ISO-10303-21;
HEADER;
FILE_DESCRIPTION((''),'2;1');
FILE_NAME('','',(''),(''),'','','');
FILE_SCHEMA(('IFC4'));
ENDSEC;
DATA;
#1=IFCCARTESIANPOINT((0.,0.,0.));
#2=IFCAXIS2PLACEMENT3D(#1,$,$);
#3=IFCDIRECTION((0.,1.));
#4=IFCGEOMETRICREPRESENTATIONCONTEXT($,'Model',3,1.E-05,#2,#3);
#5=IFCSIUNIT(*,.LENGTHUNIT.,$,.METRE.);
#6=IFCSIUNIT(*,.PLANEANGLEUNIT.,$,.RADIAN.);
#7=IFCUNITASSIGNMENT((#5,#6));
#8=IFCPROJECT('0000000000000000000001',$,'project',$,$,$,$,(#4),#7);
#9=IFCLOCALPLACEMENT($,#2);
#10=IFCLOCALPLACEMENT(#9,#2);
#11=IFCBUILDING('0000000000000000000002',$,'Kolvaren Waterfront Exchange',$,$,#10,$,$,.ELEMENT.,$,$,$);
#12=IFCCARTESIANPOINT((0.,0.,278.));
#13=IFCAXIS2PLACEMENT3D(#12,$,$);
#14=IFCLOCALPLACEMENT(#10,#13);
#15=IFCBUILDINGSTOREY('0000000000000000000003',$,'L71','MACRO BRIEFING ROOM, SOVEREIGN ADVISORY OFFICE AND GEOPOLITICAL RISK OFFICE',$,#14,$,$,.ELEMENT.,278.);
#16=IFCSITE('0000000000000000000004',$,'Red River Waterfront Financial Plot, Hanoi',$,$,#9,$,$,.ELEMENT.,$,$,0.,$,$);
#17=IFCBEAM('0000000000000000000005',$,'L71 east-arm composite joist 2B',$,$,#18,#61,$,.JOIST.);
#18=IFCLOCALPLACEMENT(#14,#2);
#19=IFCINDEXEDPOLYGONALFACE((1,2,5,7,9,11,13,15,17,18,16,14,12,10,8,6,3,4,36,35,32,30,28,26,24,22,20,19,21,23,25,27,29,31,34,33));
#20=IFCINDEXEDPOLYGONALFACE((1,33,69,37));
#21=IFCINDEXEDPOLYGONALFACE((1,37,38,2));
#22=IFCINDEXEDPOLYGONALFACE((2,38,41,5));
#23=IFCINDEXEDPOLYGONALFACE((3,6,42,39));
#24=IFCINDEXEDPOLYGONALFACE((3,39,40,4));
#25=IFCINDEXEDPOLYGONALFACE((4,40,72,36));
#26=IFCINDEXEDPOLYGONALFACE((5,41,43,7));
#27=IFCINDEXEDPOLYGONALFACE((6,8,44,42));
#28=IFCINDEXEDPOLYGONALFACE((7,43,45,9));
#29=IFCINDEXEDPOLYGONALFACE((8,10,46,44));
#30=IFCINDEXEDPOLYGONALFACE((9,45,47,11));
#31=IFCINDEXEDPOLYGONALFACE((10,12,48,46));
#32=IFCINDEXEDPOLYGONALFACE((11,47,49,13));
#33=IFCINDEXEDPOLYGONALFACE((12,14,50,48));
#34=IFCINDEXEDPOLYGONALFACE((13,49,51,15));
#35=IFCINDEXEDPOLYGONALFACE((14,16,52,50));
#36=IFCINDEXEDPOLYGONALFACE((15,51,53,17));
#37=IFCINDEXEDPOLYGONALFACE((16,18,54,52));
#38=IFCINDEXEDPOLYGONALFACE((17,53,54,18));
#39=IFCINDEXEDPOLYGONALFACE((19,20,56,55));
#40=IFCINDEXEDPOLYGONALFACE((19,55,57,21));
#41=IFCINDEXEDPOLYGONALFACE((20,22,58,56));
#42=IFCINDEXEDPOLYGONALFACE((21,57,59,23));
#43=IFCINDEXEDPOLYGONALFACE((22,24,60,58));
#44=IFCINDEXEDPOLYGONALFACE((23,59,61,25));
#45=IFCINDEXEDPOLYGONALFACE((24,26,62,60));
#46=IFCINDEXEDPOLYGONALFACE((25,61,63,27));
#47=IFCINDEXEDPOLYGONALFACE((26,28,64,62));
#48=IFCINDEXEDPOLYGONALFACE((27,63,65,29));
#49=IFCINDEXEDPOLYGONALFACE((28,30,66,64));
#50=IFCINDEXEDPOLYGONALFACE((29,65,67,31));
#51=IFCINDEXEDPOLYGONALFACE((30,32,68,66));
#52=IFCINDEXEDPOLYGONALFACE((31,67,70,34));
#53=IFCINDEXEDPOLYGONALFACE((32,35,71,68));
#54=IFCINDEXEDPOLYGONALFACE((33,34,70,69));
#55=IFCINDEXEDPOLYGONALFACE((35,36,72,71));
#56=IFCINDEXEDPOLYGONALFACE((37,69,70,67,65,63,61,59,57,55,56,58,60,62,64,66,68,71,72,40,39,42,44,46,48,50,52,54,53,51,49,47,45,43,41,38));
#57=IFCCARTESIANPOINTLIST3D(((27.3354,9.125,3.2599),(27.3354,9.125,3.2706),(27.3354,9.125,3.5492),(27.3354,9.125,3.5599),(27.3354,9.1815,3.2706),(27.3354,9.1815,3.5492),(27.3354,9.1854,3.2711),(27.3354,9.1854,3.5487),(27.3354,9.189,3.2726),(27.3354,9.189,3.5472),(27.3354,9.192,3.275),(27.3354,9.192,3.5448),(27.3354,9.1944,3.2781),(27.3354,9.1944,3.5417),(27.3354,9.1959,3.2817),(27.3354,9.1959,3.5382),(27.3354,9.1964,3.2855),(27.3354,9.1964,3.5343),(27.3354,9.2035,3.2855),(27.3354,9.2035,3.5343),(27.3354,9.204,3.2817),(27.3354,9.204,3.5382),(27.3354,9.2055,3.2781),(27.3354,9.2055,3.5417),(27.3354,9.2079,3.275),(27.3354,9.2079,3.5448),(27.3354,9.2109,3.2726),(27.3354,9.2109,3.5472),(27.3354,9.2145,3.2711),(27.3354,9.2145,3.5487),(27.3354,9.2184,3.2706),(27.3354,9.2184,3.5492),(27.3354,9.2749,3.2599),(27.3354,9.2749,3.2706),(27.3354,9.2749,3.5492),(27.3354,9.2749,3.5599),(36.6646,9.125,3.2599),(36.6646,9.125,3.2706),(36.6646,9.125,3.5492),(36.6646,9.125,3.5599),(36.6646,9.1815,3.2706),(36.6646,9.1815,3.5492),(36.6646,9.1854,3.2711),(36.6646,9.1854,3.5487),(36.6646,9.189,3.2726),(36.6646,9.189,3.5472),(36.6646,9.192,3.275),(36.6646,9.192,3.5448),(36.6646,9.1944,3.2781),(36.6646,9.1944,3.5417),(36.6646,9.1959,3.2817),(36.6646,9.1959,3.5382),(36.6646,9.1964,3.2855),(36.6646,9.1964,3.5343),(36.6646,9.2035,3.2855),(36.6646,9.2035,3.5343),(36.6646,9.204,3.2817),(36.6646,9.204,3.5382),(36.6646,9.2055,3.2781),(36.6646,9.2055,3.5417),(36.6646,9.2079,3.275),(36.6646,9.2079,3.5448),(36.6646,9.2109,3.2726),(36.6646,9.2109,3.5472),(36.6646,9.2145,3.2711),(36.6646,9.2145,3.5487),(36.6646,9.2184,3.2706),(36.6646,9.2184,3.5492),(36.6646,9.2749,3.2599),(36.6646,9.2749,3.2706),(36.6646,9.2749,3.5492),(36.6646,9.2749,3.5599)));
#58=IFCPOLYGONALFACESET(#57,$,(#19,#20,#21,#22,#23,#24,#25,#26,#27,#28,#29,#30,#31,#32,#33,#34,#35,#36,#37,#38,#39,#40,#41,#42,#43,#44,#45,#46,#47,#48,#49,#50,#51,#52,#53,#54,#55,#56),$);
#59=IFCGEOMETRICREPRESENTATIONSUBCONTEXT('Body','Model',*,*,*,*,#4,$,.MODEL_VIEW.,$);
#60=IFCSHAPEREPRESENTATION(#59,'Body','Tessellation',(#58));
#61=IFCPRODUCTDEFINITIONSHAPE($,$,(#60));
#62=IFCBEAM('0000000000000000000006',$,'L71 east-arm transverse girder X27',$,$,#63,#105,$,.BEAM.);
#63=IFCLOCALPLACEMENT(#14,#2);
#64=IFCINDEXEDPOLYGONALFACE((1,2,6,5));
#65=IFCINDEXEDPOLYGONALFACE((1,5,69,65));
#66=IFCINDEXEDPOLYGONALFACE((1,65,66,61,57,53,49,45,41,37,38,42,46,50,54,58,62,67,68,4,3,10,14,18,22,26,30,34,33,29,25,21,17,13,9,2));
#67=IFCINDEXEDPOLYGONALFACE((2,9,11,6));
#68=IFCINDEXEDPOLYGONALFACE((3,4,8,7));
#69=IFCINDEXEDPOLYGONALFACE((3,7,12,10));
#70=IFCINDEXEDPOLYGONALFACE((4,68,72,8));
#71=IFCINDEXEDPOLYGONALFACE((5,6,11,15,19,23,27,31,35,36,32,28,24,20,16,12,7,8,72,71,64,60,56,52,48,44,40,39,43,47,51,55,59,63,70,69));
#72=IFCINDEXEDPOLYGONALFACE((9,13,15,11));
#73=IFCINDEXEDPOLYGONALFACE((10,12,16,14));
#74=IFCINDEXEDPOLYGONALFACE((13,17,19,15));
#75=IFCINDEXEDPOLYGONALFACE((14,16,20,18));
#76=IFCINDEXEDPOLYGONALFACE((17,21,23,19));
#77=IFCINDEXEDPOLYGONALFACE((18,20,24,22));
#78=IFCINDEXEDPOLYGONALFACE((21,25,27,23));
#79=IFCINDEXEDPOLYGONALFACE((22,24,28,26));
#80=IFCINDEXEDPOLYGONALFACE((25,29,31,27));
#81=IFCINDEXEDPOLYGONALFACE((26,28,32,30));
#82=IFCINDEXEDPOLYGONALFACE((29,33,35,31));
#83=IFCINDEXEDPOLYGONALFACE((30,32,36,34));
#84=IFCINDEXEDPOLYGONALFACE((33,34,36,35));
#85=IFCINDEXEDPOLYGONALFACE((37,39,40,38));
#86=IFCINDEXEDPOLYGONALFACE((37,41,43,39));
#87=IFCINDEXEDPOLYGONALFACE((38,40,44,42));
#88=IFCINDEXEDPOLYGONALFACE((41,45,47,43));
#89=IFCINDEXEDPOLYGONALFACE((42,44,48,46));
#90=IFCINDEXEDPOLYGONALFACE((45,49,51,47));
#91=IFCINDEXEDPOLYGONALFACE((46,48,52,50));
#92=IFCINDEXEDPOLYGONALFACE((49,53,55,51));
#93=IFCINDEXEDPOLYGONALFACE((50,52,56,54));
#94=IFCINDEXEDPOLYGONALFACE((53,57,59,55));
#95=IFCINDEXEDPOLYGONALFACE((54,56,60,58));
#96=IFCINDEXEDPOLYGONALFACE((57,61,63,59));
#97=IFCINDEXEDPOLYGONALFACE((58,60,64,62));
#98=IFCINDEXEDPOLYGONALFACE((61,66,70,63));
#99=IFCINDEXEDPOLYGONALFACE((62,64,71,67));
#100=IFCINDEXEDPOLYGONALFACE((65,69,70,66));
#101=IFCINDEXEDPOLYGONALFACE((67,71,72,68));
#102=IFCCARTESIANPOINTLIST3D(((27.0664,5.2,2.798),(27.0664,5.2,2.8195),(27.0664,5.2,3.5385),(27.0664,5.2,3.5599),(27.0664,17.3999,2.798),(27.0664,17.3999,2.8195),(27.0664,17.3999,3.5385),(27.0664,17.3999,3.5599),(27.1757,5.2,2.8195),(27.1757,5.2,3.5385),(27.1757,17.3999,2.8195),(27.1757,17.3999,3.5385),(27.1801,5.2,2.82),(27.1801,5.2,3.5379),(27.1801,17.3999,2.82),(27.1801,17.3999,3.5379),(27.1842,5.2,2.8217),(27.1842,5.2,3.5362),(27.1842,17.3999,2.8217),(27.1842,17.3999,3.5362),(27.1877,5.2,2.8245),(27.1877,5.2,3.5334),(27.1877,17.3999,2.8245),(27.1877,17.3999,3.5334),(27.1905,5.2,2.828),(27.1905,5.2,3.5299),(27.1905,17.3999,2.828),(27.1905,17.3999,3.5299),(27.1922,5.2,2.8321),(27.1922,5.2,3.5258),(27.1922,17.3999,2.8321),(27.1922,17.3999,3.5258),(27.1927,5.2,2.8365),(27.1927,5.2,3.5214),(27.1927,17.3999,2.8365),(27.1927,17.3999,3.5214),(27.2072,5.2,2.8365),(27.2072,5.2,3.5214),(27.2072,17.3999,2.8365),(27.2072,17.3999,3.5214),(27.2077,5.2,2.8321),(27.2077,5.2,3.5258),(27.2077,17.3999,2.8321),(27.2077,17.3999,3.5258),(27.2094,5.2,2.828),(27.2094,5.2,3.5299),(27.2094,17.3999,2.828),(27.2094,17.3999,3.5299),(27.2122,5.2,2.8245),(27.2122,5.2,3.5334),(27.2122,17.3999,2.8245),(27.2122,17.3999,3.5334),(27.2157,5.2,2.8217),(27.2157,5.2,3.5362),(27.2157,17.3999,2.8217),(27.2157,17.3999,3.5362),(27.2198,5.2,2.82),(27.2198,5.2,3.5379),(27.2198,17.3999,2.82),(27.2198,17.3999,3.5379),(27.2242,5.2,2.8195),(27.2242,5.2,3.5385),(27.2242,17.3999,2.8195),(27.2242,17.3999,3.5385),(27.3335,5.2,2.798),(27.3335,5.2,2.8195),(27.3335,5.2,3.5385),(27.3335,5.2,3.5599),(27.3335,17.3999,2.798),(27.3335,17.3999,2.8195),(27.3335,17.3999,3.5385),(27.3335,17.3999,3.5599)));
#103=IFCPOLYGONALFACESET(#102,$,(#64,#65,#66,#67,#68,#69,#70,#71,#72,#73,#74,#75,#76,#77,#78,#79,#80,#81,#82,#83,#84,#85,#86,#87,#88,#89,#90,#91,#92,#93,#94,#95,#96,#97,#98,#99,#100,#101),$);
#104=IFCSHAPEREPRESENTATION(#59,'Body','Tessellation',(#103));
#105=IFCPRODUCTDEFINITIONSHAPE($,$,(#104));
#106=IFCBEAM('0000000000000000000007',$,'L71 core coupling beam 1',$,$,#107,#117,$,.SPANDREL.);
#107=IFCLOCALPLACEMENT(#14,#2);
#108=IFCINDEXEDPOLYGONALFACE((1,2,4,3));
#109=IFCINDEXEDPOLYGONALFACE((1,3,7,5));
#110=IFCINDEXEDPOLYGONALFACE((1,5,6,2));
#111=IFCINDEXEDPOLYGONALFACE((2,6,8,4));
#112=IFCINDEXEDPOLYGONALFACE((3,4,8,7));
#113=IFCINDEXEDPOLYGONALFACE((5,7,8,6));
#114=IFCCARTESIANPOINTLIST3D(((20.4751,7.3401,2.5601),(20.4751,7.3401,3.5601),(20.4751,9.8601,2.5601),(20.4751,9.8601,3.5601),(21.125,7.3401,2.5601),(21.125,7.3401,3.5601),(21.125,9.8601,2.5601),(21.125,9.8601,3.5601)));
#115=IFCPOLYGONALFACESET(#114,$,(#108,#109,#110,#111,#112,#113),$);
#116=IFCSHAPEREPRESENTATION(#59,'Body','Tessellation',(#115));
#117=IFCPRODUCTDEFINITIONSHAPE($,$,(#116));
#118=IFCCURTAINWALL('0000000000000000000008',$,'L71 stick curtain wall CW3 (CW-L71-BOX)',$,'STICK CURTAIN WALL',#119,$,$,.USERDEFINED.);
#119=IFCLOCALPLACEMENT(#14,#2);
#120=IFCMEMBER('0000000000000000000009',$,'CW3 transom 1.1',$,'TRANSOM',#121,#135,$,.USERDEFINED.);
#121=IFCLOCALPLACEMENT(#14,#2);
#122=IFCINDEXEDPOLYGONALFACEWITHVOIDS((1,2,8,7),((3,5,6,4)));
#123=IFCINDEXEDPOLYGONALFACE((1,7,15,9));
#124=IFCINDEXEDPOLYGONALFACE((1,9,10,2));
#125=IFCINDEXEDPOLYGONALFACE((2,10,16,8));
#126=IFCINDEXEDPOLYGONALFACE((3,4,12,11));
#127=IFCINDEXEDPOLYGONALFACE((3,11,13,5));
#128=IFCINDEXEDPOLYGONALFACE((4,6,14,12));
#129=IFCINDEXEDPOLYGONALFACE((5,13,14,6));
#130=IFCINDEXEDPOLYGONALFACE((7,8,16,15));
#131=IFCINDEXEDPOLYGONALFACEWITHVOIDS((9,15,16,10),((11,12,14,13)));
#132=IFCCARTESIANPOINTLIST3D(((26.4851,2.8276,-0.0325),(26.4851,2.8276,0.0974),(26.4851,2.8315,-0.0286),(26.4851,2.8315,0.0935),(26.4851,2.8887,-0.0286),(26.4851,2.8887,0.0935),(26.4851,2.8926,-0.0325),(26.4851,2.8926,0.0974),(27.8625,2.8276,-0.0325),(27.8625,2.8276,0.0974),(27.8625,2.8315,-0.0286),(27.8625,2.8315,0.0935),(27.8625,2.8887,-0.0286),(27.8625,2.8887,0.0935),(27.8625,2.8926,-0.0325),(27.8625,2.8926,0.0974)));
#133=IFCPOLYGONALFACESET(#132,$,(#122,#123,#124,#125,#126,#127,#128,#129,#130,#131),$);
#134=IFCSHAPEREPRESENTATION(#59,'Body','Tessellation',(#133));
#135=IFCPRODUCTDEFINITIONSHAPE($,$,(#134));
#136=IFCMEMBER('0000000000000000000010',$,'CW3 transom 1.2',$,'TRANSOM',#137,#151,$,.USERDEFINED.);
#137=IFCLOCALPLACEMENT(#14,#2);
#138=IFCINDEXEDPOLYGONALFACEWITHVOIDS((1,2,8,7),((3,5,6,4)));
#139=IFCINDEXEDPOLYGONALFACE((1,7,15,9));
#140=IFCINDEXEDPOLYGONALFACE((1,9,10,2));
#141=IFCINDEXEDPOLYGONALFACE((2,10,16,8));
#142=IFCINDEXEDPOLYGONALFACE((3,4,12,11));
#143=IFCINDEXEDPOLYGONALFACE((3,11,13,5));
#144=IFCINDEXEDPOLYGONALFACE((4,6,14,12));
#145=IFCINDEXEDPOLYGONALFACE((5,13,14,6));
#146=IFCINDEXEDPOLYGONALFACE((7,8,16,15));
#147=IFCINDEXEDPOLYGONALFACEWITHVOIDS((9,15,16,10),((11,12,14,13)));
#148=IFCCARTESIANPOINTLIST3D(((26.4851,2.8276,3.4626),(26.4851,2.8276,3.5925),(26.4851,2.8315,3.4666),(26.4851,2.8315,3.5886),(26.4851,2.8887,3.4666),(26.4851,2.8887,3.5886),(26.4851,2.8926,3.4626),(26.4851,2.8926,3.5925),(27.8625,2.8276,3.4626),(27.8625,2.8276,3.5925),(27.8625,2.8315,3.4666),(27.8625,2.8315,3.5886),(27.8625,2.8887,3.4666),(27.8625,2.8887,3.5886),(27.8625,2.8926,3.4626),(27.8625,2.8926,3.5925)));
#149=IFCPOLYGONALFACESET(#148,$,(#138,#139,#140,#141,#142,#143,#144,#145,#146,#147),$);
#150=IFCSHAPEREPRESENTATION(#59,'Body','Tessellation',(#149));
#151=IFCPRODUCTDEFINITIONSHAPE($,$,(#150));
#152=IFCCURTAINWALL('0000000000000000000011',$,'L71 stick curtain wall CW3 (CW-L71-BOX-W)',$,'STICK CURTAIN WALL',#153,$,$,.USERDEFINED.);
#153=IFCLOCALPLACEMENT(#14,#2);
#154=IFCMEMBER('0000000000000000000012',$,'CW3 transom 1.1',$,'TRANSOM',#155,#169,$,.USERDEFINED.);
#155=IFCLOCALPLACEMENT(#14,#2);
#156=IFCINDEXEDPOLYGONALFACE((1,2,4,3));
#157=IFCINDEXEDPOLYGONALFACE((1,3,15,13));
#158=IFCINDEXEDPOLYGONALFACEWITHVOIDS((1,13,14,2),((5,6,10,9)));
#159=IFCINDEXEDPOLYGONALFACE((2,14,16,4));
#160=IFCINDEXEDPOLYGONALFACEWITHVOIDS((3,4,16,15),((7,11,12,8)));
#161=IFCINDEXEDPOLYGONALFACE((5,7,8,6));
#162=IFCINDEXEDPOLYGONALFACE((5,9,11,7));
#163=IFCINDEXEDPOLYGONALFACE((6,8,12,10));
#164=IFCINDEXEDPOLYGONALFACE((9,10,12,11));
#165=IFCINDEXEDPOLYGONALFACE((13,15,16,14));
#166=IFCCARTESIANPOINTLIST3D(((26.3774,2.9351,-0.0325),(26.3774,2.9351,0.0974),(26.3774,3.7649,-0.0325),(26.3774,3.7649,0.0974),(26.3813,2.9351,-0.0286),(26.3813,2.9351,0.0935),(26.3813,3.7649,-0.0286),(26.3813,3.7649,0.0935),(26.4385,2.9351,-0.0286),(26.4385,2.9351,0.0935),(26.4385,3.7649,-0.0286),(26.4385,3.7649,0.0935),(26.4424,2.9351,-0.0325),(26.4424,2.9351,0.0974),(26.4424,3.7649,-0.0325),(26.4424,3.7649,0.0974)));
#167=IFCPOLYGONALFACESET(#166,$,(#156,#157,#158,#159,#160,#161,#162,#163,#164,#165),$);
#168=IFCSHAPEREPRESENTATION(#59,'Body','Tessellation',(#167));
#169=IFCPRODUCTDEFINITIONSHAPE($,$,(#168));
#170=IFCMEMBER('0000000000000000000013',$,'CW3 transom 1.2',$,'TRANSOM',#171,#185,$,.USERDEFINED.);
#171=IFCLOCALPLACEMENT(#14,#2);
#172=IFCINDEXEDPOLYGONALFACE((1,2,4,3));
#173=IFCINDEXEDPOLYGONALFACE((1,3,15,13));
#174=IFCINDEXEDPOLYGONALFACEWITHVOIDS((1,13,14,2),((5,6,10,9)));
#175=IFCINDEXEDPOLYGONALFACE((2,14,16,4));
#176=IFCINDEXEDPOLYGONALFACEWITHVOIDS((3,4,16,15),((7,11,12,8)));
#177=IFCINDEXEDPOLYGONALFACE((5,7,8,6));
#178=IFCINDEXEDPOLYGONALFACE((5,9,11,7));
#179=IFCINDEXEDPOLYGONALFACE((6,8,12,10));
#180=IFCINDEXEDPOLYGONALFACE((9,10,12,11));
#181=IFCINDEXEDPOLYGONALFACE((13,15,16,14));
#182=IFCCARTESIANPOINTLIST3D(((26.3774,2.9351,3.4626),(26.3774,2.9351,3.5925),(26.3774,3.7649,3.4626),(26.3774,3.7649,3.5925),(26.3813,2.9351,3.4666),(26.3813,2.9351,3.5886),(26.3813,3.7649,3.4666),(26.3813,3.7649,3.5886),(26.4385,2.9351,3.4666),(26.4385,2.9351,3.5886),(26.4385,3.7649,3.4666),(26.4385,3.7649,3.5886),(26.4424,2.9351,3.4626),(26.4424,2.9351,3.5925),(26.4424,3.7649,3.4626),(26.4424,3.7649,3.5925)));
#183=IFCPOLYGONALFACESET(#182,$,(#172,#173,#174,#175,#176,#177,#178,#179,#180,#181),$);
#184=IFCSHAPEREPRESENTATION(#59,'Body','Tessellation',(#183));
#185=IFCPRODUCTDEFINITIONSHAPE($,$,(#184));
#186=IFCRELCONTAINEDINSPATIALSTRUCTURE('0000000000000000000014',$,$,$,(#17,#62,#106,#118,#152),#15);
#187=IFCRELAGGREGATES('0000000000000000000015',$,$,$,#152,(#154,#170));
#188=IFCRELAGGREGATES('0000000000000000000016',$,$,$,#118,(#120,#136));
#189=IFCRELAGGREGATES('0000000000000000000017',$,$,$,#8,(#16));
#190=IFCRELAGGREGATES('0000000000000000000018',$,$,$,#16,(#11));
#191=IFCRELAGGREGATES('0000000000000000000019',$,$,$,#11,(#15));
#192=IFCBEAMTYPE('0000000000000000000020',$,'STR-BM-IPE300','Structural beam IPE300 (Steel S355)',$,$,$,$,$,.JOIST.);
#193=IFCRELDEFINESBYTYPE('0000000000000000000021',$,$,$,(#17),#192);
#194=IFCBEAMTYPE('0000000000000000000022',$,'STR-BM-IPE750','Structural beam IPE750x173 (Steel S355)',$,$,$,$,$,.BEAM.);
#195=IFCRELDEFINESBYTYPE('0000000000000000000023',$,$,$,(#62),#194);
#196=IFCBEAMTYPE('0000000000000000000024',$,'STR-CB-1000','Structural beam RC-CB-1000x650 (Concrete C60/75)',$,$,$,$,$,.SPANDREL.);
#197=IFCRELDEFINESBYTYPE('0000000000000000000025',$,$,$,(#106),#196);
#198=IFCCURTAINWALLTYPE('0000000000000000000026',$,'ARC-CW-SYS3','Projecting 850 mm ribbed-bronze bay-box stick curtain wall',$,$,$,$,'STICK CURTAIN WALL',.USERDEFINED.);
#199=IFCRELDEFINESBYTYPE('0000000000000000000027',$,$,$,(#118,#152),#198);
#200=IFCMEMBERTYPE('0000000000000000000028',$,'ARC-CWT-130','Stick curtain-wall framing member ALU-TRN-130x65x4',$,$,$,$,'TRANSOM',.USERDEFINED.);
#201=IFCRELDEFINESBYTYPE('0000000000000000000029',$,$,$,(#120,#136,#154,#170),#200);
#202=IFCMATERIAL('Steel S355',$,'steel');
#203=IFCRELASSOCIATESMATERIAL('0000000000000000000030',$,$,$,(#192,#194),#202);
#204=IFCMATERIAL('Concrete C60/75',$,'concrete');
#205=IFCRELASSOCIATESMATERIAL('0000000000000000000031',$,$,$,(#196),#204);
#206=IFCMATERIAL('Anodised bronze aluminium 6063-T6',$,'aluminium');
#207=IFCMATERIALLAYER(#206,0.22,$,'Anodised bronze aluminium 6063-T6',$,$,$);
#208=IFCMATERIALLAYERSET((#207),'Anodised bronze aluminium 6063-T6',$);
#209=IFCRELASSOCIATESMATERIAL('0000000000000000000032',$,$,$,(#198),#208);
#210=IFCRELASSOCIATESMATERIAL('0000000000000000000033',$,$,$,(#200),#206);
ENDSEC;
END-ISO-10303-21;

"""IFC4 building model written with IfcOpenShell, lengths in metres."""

from ifc_helpers import new_model, si_unit, direction, frame, origin, origin_with_axes, origin_2d, place, context, subcontext, project, spatial, rectangle, hollow_rectangle, i_section, extrude, source, transform, mapped, material, layer, layer_set, material_profile, profile_set, type_object, element, aggregate, save


model = new_model("IFC4")

# Units and contexts
model_context = context("Model", 3, precision=1e-05, world=origin(), true_north=direction((0.0, 1.0)))
body_context = subcontext(model_context, "Body", "Model", "MODEL_VIEW")
ifc_project = project(units=[si_unit("LENGTHUNIT", "METRE"), si_unit("PLANEANGLEUNIT", "RADIAN")], contexts=[model_context])

# Site, building, storey
site_placement = place(None, origin())
site = spatial("IfcSite", under=ifc_project, at=site_placement, Name="Red River Waterfront Financial Plot, Hanoi", CompositionType="ELEMENT", RefElevation=0.0)
building_placement = place(site_placement, origin())
building = spatial("IfcBuilding", under=site, at=building_placement, Name="Kolvaren Waterfront Exchange", CompositionType="ELEMENT")
storey_placement = place(building_placement, frame((0.0, 0.0, 278.0)))
storey = spatial("IfcBuildingStorey", under=building, at=storey_placement, Name="L71", Description="MACRO BRIEFING ROOM, SOVEREIGN ADVISORY OFFICE AND GEOPOLITICAL RISK OFFICE", CompositionType="ELEMENT", Elevation=278.0)

# Beams
ifc_material_1 = material(Name="Steel S355", Category="steel")
ifc_material_profile_1 = material_profile(ifc_material_1, i_section(OverallWidth=0.1499, OverallDepth=0.3, WebThickness=0.0071, FlangeThickness=0.0107, FilletRadius=0.0149, at=origin_2d()), Name="IPE300")
ifc_profile_set_1 = profile_set([ifc_material_profile_1], Name="Steel S355")
beam_type_1 = type_object("IfcBeamType", Name="STR-BM-IPE300", Description="Structural beam IPE300 (Steel S355)", PredefinedType="JOIST", material=ifc_profile_set_1)
beam_1_placement = place(storey_placement, frame((27.3354, 9.2, 3.4099), z_axis=(1.0, 0.0, 0.0), x_axis=(0.0, 1.0, 0.0)))
element("IfcBeam", 1, at=beam_1_placement, inside=storey, type_object=beam_type_1, Name="L71 east-arm composite joist 2B", PredefinedType="JOIST", context=body_context, shape_type="SweptSolid", body=[
    extrude(i_section(OverallWidth=0.1499, OverallDepth=0.3, WebThickness=0.0071, FlangeThickness=0.0107, FilletRadius=0.0149, at=origin_2d()), origin(), (0.0, 0.0, 1.0), 9.3291),
])
ifc_material_profile_2 = material_profile(ifc_material_1, i_section(OverallWidth=0.2671, OverallDepth=0.762, WebThickness=0.0144, FlangeThickness=0.0215, FilletRadius=0.0171, at=origin_2d()), Name="IPE750x173")
ifc_profile_set_2 = profile_set([ifc_material_profile_2], Name="Steel S355")
beam_type_2 = type_object("IfcBeamType", Name="STR-BM-IPE750", Description="Structural beam IPE750x173 (Steel S355)", PredefinedType="BEAM", material=ifc_profile_set_2)
beam_2_placement = place(storey_placement, frame((27.2, 5.2, 3.179), z_axis=(0.0, 1.0, 0.0), x_axis=(-1.0, 0.0, 0.0)))
element("IfcBeam", 2, at=beam_2_placement, inside=storey, type_object=beam_type_2, Name="L71 east-arm transverse girder X27", PredefinedType="BEAM", context=body_context, shape_type="SweptSolid", body=[
    extrude(i_section(OverallWidth=0.2671, OverallDepth=0.762, WebThickness=0.0144, FlangeThickness=0.0215, FilletRadius=0.0171, at=origin_2d()), origin(), (0.0, 0.0, 1.0), 12.2),
])
ifc_material_2 = material(Name="Concrete C60/75", Category="concrete")
ifc_material_profile_3 = material_profile(ifc_material_2, rectangle(XDim=0.6499, YDim=1.0, at=origin_2d()), Name="RC-CB-1000x650")
ifc_profile_set_3 = profile_set([ifc_material_profile_3], Name="Concrete C60/75")
beam_type_3 = type_object("IfcBeamType", Name="STR-CB-1000", Description="Structural beam RC-CB-1000x650 (Concrete C60/75)", PredefinedType="SPANDREL", material=ifc_profile_set_3)
beam_3_placement = place(storey_placement, frame((20.8, 7.3401, 3.0601), z_axis=(0.0, 1.0, 0.0), x_axis=(-1.0, 0.0, 0.0)))
element("IfcBeam", 3, at=beam_3_placement, inside=storey, type_object=beam_type_3, Name="L71 core coupling beam 1", PredefinedType="SPANDREL", context=body_context, shape_type="SweptSolid", body=[
    extrude(rectangle(XDim=0.6499, YDim=1.0, at=origin_2d()), origin(), (0.0, 0.0, 1.0), 2.52),
])

# Curtain walls, members
ifc_material_3 = material(Name="Anodised bronze aluminium 6063-T6", Category="aluminium")
ifc_layer_1 = layer(ifc_material_3, 0.22, Name="Anodised bronze aluminium 6063-T6")
ifc_layer_set_1 = layer_set([ifc_layer_1], Name="Anodised bronze aluminium 6063-T6")
curtain_wall_type_1 = type_object("IfcCurtainWallType", Name="ARC-CW-SYS3", Description="Projecting 850 mm ribbed-bronze bay-box stick curtain wall", ElementType="STICK CURTAIN WALL", PredefinedType="USERDEFINED", material=ifc_layer_set_1)
curtain_wall_1_placement = place(storey_placement, origin())
curtain_wall_1 = element("IfcCurtainWall", 4, at=curtain_wall_1_placement, inside=storey, type_object=curtain_wall_type_1, Name="L71 stick curtain wall CW3 (CW-L71-BOX)", ObjectType="STICK CURTAIN WALL", PredefinedType="USERDEFINED")
ifc_material_profile_4 = material_profile(ifc_material_3, hollow_rectangle(XDim=0.0649, YDim=0.1299, WallThickness=0.0039, at=origin_2d()), Name="ALU-TRN-130x65x4")
ifc_profile_set_4 = profile_set([ifc_material_profile_4], Name="Anodised bronze aluminium 6063-T6")
member_type_1 = type_object("IfcMemberType", Name="ARC-CWT-130", Description="Stick curtain-wall framing member ALU-TRN-130x65x4", ElementType="TRANSOM", PredefinedType="USERDEFINED", material=ifc_profile_set_4)
shared_shape_1 = source(origin_with_axes(), body_context, "Body", "SweptSolid", [
    extrude(hollow_rectangle(XDim=0.0649, YDim=0.1299, WallThickness=0.0039, at=origin_2d()), origin(), (0.0, 0.0, 1.0), 1.3774),
])
member_1_placement = place(storey_placement, frame((26.4851, 2.8601, 0.0325), z_axis=(1.0, 0.0, 0.0), x_axis=(0.0, 1.0, 0.0)))
member_1 = element("IfcMember", 5, at=member_1_placement, type_object=member_type_1, Name="CW3 transom 1.1", ObjectType="TRANSOM", PredefinedType="USERDEFINED", context=body_context, shape_type="MappedRepresentation", body=[
    mapped(shared_shape_1, transform((0.0, 0.0, 0.0), x_axis=(1.0, 0.0, 0.0), y_axis=(0.0, 1.0, 0.0), z_axis=(0.0, 0.0, 1.0), scale=1.0)),
])
member_2_placement = place(storey_placement, frame((26.4851, 2.8601, 3.5276), z_axis=(1.0, 0.0, 0.0), x_axis=(0.0, 1.0, 0.0)))
member_2 = element("IfcMember", 6, at=member_2_placement, type_object=member_type_1, Name="CW3 transom 1.2", ObjectType="TRANSOM", PredefinedType="USERDEFINED", context=body_context, shape_type="MappedRepresentation", body=[
    mapped(shared_shape_1, transform((0.0, 0.0, 0.0), x_axis=(1.0, 0.0, 0.0), y_axis=(0.0, 1.0, 0.0), z_axis=(0.0, 0.0, 1.0), scale=1.0)),
])
curtain_wall_2_placement = place(storey_placement, origin())
curtain_wall_2 = element("IfcCurtainWall", 7, at=curtain_wall_2_placement, inside=storey, type_object=curtain_wall_type_1, Name="L71 stick curtain wall CW3 (CW-L71-BOX-W)", ObjectType="STICK CURTAIN WALL", PredefinedType="USERDEFINED")
shared_shape_2 = source(origin_with_axes(), body_context, "Body", "SweptSolid", [
    extrude(hollow_rectangle(XDim=0.0649, YDim=0.1299, WallThickness=0.0039, at=origin_2d()), origin(), (0.0, 0.0, 1.0), 0.8298),
])
member_3_placement = place(storey_placement, frame((26.4099, 3.7649, 0.0325), z_axis=(0.0, -1.0, 0.0), x_axis=(1.0, 0.0, 0.0)))
member_3 = element("IfcMember", 8, at=member_3_placement, type_object=member_type_1, Name="CW3 transom 1.1", ObjectType="TRANSOM", PredefinedType="USERDEFINED", context=body_context, shape_type="MappedRepresentation", body=[
    mapped(shared_shape_2, transform((0.0, 0.0, 0.0), x_axis=(1.0, 0.0, 0.0), y_axis=(0.0, 1.0, 0.0), z_axis=(0.0, 0.0, 1.0), scale=1.0)),
])
member_4_placement = place(storey_placement, frame((26.4099, 3.7649, 3.5276), z_axis=(0.0, -1.0, 0.0), x_axis=(1.0, 0.0, 0.0)))
member_4 = element("IfcMember", 9, at=member_4_placement, type_object=member_type_1, Name="CW3 transom 1.2", ObjectType="TRANSOM", PredefinedType="USERDEFINED", context=body_context, shape_type="MappedRepresentation", body=[
    mapped(shared_shape_2, transform((0.0, 0.0, 0.0), x_axis=(1.0, 0.0, 0.0), y_axis=(0.0, 1.0, 0.0), z_axis=(0.0, 0.0, 1.0), scale=1.0)),
])

aggregate(curtain_wall_2, [member_3, member_4])
aggregate(curtain_wall_1, [member_1, member_2])

save(model, "model.ifc")
